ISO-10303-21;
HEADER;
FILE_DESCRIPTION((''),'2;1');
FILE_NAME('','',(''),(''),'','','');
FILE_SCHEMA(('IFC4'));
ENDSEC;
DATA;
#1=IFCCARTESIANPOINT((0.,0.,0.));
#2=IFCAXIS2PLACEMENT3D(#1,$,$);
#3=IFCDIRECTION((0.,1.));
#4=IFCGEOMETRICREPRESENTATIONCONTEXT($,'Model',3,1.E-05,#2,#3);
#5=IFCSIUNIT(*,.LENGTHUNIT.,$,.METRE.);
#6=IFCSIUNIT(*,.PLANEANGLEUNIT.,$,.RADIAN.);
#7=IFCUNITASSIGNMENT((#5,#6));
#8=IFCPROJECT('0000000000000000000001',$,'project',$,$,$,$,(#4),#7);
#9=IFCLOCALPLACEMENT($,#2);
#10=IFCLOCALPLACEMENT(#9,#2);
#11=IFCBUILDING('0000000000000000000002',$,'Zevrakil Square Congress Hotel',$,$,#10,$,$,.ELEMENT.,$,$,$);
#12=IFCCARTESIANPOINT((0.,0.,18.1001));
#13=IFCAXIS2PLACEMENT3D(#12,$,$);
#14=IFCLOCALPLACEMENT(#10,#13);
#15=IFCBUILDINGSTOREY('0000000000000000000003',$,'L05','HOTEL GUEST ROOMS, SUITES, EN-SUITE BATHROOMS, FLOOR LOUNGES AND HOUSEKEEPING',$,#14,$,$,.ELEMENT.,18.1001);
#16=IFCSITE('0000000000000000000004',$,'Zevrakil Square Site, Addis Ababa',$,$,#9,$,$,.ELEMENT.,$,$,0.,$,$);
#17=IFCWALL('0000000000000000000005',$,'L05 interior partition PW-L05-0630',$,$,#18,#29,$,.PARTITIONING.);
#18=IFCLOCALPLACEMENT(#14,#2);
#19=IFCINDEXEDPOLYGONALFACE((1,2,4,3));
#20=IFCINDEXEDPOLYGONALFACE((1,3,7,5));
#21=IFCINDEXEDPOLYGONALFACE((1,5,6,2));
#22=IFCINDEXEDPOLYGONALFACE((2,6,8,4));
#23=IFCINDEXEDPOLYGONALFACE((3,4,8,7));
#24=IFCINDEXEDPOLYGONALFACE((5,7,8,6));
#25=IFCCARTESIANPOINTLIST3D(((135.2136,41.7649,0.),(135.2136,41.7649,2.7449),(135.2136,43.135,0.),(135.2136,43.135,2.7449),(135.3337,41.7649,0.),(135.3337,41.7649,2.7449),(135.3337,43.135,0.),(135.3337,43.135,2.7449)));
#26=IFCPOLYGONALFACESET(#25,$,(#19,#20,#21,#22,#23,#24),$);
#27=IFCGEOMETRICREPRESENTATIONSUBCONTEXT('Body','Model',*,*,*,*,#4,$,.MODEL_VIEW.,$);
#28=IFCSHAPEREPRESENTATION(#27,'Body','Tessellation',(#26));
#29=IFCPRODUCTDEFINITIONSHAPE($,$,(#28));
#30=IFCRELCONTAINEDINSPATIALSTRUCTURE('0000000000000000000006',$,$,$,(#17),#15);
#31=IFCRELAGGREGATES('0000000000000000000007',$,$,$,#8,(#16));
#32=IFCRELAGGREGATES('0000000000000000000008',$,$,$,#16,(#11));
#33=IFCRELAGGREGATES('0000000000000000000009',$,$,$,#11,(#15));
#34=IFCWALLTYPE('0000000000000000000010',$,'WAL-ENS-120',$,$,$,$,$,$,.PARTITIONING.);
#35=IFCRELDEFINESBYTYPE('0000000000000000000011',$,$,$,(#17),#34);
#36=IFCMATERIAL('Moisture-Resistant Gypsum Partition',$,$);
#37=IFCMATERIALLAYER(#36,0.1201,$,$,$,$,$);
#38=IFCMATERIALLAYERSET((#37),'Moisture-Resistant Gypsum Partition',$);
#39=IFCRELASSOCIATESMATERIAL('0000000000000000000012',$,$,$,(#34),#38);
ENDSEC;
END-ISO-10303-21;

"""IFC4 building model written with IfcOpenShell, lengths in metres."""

from ifc_helpers import new_model, si_unit, direction, frame, frame_2d, origin, place, context, subcontext, project, spatial, rectangle, extrude, material, layer, layer_set, type_object, element, save


model = new_model("IFC4")

# Units and contexts
model_context = context("Model", 3, precision=1e-05, world=origin(), true_north=direction((0.0, 1.0)))
body_context = subcontext(model_context, "Body", "Model", "MODEL_VIEW")
ifc_project = project(units=[si_unit("LENGTHUNIT", "METRE"), si_unit("PLANEANGLEUNIT", "RADIAN")], contexts=[model_context])

# Site, building, storey
site_placement = place(None, origin())
site = spatial("IfcSite", under=ifc_project, at=site_placement, Name="Zevrakil Square Site, Addis Ababa", CompositionType="ELEMENT", RefElevation=0.0)
building_placement = place(site_placement, origin())
building = spatial("IfcBuilding", under=site, at=building_placement, Name="Zevrakil Square Congress Hotel", CompositionType="ELEMENT")
storey_placement = place(building_placement, frame((0.0, 0.0, 18.1001)))
storey = spatial("IfcBuildingStorey", under=building, at=storey_placement, Name="L05", Description="HOTEL GUEST ROOMS, SUITES, EN-SUITE BATHROOMS, FLOOR LOUNGES AND HOUSEKEEPING", CompositionType="ELEMENT", Elevation=18.1001)

# Shared definitions
ifc_material_1 = material(Name="Moisture-Resistant Gypsum Partition")
ifc_layer_1 = layer(ifc_material_1, 0.1201)
ifc_layer_set_1 = layer_set([ifc_layer_1], Name="Moisture-Resistant Gypsum Partition")
wall_type = type_object("IfcWallType", Name="WAL-ENS-120", PredefinedType="PARTITIONING", material=ifc_layer_set_1)

# Wall
wall_1_placement = place(storey_placement, frame((135.2737, 41.7649, 0.0), z_axis=(0.0, 0.0, 1.0), x_axis=(0.0, 1.0, 0.0)))
element("IfcWall", 1, at=wall_1_placement, inside=storey, type_object=wall_type, Name="L05 interior partition PW-L05-0630", PredefinedType="PARTITIONING", context=body_context, shape_type="SweptSolid", body=[
    extrude(rectangle(XDim=1.3701, YDim=0.1201, at=frame_2d((0.6851, 0.0))), origin(), (0.0, 0.0, 1.0), 2.7449),
])

save(model, "model.ifc")
